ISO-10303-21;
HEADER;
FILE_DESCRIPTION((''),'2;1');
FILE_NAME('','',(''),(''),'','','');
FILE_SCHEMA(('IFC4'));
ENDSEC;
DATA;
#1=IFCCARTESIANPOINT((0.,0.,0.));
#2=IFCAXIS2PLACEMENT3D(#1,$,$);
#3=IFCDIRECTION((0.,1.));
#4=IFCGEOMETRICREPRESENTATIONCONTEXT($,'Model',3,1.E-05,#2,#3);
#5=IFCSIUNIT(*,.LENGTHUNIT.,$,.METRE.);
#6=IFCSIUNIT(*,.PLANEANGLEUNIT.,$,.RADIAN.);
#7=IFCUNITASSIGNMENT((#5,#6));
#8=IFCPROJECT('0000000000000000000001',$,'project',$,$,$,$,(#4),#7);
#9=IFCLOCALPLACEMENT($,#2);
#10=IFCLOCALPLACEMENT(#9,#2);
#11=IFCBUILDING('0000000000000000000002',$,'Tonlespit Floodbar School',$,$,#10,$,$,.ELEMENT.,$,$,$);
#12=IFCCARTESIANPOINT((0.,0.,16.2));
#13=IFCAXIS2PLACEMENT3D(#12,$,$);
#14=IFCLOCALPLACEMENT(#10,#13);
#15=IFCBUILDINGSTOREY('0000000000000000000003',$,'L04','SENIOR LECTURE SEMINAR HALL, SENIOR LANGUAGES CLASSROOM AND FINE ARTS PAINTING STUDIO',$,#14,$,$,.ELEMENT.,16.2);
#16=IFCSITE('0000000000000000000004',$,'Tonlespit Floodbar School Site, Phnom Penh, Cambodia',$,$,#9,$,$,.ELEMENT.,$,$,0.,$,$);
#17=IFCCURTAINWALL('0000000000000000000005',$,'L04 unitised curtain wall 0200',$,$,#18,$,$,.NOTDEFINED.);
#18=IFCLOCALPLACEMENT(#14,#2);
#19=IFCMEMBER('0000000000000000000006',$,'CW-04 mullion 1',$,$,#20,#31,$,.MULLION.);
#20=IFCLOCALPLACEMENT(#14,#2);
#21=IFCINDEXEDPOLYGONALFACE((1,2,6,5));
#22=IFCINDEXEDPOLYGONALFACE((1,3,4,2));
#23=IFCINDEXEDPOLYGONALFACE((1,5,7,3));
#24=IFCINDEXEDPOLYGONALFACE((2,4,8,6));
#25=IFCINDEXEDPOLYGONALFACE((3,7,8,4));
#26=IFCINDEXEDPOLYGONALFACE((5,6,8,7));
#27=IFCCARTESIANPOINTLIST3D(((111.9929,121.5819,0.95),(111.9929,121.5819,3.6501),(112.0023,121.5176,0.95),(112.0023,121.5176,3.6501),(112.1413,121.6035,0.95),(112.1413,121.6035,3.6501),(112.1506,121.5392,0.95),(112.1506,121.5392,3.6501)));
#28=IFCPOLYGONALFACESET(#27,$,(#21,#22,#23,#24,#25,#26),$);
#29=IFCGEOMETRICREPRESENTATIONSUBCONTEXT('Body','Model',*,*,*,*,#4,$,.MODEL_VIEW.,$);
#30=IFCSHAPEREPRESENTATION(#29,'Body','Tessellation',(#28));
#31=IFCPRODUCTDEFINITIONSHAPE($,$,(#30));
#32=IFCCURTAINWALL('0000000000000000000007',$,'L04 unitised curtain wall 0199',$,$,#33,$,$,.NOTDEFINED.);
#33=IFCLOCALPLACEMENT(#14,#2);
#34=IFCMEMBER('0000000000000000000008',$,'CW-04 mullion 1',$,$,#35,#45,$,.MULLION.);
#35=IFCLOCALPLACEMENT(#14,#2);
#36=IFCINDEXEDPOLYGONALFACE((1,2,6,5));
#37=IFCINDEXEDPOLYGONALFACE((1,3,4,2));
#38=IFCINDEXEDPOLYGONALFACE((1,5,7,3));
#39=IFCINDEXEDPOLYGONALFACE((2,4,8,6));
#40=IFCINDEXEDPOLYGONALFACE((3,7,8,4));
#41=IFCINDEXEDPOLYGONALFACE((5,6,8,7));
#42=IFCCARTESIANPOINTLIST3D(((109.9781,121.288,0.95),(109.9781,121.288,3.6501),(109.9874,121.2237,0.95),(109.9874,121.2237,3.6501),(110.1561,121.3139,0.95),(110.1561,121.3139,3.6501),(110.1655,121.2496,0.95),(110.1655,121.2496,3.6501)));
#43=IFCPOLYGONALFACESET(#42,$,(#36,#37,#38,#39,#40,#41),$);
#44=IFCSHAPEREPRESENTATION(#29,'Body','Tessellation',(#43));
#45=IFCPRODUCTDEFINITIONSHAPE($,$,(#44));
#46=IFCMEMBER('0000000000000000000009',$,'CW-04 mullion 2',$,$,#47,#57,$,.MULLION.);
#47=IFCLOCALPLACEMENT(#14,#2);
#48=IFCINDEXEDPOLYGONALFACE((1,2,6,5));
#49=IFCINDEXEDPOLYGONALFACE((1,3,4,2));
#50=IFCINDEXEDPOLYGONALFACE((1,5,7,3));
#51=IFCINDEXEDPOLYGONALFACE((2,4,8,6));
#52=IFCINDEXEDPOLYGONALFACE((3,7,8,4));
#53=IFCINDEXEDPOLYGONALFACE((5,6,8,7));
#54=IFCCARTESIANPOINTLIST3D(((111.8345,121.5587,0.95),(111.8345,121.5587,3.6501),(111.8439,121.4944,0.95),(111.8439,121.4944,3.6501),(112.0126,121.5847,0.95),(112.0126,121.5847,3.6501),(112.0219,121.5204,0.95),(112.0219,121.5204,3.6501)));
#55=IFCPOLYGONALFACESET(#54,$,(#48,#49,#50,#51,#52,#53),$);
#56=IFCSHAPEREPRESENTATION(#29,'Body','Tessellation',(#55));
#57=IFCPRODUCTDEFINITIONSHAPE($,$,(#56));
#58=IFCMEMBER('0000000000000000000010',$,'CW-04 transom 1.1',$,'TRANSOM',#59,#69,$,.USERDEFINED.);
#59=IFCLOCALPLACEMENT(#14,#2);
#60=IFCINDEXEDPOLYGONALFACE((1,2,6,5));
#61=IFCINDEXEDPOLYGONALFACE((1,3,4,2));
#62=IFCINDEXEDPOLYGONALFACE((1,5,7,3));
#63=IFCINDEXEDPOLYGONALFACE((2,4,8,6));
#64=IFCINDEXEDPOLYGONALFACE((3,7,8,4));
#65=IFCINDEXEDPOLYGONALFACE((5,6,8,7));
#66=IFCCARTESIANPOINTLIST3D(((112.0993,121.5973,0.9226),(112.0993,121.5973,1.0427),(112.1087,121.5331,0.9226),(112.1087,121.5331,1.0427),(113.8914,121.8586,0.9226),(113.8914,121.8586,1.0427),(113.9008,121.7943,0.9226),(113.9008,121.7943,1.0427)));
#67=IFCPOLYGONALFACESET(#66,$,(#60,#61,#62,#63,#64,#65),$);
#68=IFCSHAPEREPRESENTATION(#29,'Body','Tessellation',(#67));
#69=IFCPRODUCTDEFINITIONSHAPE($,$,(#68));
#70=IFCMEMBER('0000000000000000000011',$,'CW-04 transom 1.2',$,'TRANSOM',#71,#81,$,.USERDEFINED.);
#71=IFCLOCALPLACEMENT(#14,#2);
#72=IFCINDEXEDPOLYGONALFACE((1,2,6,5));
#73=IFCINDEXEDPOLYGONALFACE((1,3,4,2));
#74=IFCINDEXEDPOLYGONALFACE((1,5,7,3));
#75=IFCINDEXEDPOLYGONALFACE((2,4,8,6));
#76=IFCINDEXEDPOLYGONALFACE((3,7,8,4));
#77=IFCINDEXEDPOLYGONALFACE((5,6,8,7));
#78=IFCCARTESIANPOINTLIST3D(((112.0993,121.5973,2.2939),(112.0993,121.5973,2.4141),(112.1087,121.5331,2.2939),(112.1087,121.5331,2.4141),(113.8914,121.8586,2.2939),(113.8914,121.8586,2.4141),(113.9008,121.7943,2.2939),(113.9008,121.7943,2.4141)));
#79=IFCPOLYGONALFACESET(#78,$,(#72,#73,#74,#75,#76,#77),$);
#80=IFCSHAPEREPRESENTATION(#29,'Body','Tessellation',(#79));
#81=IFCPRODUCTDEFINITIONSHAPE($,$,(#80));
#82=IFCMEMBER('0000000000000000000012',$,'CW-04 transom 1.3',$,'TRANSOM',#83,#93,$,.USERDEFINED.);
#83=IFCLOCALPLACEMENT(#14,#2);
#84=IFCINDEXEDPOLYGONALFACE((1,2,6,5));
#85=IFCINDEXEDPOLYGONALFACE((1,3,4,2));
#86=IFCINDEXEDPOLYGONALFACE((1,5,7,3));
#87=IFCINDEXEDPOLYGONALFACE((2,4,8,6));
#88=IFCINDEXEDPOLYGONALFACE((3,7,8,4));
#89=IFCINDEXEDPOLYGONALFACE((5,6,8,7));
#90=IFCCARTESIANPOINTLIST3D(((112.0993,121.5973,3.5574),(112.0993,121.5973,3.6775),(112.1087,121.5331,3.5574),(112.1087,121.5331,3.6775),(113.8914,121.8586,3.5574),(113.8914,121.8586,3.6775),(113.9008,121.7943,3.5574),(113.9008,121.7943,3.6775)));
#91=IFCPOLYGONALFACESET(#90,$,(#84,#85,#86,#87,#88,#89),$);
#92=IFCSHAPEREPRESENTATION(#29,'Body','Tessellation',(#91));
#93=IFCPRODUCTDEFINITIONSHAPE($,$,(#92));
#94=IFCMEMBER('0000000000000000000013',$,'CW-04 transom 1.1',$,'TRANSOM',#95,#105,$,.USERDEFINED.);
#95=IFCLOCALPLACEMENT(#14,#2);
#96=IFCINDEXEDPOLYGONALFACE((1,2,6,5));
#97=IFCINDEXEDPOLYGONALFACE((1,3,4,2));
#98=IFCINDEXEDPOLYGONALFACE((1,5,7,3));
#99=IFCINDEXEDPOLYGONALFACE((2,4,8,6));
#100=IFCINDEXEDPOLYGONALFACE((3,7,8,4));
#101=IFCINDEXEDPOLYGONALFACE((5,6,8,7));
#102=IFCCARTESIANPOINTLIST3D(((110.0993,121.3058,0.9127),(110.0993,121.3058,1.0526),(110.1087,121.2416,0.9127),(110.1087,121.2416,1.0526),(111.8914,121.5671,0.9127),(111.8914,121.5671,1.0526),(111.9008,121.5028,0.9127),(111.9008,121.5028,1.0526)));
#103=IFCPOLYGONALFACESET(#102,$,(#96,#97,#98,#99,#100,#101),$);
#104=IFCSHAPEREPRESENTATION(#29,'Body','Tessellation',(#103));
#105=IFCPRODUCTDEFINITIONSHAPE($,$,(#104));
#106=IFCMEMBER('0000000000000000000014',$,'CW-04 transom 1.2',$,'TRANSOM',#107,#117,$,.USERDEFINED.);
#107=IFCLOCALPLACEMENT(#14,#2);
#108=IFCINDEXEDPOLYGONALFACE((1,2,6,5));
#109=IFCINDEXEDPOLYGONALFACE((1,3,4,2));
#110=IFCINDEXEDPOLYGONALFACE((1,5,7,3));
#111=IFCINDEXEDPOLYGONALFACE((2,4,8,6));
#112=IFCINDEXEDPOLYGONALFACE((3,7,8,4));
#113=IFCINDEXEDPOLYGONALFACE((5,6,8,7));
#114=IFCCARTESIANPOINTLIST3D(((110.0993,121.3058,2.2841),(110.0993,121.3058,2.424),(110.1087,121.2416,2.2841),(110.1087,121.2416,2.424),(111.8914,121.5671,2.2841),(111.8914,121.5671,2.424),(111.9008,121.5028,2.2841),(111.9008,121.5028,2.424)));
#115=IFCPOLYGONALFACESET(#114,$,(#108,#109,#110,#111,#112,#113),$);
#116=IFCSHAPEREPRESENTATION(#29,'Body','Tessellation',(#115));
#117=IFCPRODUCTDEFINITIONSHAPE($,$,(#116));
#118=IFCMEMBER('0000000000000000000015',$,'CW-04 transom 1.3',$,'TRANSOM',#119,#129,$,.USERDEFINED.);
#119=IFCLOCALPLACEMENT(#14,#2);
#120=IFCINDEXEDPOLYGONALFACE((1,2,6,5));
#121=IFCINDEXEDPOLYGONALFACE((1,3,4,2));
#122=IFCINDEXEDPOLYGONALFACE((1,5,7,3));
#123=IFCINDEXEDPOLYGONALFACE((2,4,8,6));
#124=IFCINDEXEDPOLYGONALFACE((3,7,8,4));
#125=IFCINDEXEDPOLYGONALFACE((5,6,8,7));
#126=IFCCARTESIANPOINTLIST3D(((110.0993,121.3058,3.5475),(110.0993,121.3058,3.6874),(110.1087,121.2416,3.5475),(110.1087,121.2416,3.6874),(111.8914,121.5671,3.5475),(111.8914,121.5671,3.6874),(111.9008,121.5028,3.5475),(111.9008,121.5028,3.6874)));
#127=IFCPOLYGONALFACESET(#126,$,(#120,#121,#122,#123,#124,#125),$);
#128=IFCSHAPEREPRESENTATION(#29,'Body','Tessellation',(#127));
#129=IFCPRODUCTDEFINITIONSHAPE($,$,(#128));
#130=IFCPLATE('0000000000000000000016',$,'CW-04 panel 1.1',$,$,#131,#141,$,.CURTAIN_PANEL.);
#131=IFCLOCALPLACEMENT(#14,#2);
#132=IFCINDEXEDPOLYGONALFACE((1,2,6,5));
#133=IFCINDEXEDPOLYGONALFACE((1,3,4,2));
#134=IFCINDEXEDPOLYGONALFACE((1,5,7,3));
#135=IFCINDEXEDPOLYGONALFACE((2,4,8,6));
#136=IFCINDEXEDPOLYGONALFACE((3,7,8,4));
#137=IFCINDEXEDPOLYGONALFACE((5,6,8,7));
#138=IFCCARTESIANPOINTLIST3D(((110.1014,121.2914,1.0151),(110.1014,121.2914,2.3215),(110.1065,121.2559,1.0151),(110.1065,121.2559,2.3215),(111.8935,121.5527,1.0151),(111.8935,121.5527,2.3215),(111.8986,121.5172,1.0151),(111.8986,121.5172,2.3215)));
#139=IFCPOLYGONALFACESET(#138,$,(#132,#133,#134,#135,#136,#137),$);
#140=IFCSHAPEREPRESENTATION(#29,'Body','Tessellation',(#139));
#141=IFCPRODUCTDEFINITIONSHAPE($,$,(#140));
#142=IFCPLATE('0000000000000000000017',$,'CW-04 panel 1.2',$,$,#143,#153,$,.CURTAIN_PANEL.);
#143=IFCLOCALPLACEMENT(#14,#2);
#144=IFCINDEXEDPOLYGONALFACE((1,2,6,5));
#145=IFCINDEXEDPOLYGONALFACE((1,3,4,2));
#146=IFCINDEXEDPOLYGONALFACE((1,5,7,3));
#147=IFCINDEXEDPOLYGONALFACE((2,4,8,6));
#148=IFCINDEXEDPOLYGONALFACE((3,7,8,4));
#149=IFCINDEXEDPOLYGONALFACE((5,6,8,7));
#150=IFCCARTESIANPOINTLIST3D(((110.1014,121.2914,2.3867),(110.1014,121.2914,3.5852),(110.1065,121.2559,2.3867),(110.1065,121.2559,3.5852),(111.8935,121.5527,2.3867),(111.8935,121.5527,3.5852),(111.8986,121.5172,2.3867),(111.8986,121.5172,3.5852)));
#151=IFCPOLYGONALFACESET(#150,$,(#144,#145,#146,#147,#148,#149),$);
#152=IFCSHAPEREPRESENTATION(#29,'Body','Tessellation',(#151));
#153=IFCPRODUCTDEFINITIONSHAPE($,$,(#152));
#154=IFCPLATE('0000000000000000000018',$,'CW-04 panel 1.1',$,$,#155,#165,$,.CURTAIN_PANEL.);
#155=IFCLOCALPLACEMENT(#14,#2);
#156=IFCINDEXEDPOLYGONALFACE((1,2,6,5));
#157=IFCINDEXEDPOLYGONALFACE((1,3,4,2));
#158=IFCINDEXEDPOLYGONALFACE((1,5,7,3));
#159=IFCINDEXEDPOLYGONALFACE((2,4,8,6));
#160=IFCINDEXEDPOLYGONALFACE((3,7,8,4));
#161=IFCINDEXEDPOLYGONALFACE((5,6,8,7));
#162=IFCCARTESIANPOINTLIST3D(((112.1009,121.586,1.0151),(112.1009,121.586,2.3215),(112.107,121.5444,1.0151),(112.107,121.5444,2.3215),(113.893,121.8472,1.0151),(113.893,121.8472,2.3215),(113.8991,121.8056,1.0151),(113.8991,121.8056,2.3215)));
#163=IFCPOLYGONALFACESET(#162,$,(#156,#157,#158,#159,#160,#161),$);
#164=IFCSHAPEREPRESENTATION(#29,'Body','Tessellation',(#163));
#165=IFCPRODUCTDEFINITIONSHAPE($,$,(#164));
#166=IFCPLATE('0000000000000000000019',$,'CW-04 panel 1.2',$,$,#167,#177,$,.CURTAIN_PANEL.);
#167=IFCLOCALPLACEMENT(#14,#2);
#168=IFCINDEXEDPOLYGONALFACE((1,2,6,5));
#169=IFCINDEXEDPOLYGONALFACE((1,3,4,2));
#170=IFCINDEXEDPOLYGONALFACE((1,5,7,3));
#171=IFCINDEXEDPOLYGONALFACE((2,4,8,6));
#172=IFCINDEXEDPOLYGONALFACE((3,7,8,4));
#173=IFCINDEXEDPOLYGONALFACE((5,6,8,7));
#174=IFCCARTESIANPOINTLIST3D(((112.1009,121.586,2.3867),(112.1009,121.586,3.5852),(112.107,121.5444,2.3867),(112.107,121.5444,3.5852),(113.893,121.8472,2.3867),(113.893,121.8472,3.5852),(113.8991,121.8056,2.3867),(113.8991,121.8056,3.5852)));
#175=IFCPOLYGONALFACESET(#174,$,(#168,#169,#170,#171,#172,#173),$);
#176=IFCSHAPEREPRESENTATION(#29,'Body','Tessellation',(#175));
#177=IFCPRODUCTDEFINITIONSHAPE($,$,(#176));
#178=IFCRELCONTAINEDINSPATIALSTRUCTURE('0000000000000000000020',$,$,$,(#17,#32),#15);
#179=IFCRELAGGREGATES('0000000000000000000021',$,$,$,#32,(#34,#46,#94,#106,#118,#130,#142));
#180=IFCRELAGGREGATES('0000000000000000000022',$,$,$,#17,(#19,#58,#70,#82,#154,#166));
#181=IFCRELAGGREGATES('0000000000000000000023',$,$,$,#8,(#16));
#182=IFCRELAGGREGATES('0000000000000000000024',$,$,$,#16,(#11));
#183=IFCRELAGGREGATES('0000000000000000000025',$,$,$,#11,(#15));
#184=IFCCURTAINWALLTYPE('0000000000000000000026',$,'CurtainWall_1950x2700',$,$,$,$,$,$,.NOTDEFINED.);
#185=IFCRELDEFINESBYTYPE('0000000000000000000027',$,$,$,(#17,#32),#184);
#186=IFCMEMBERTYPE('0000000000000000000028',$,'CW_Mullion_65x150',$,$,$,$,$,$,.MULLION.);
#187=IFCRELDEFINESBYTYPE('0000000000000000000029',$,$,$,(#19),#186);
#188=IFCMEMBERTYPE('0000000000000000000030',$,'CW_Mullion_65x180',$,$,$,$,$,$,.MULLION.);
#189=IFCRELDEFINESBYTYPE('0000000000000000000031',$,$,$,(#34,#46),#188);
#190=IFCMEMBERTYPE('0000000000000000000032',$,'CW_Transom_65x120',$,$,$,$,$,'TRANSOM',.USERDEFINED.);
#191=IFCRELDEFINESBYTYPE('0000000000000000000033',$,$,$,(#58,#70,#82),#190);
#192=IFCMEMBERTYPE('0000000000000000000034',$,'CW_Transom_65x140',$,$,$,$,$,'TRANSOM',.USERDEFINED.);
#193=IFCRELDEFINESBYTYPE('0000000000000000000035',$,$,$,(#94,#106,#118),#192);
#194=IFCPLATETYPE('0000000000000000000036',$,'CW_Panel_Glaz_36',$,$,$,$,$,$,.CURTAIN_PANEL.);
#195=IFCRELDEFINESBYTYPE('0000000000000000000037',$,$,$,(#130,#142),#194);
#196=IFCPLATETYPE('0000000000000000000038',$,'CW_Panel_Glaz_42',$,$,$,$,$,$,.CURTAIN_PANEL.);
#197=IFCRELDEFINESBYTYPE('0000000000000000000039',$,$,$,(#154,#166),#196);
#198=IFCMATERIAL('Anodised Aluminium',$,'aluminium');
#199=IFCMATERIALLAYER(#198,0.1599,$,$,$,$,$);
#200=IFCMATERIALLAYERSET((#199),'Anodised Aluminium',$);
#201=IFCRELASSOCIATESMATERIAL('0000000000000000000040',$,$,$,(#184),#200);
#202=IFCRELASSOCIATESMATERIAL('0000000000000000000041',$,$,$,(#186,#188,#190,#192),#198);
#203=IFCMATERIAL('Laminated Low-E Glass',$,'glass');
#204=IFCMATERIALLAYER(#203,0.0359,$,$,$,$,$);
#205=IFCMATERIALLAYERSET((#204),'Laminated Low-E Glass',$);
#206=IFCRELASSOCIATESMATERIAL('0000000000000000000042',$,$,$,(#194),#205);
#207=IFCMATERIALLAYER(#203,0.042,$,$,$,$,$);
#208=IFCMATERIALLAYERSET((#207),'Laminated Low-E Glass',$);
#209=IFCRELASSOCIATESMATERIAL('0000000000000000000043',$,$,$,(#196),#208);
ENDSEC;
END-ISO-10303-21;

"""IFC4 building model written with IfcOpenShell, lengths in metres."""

from ifc_helpers import new_model, si_unit, direction, frame, origin, origin_2d, place, context, subcontext, project, spatial, rectangle, extrude, material, layer, layer_set, material_profile, profile_set, type_object, element, aggregate, save


model = new_model("IFC4")

# Units and contexts
model_context = context("Model", 3, precision=1e-05, world=origin(), true_north=direction((0.0, 1.0)))
body_context = subcontext(model_context, "Body", "Model", "MODEL_VIEW")
ifc_project = project(units=[si_unit("LENGTHUNIT", "METRE"), si_unit("PLANEANGLEUNIT", "RADIAN")], contexts=[model_context])

# Site, building, storey
site_placement = place(None, origin())
site = spatial("IfcSite", under=ifc_project, at=site_placement, Name="Tonlespit Floodbar School Site, Phnom Penh, Cambodia", CompositionType="ELEMENT", RefElevation=0.0)
building_placement = place(site_placement, origin())
building = spatial("IfcBuilding", under=site, at=building_placement, Name="Tonlespit Floodbar School", CompositionType="ELEMENT")
storey_placement = place(building_placement, frame((0.0, 0.0, 16.2)))
storey = spatial("IfcBuildingStorey", under=building, at=storey_placement, Name="L04", Description="SENIOR LECTURE SEMINAR HALL, SENIOR LANGUAGES CLASSROOM AND FINE ARTS PAINTING STUDIO", CompositionType="ELEMENT", Elevation=16.2)

# Curtain wall, member
ifc_material_1 = material(Name="Anodised Aluminium", Category="aluminium")
ifc_layer_1 = layer(ifc_material_1, 0.1599)
ifc_layer_set_1 = layer_set([ifc_layer_1], Name="Anodised Aluminium")
curtain_wall_type = type_object("IfcCurtainWallType", Name="CurtainWall_1950x2700", PredefinedType="NOTDEFINED", material=ifc_layer_set_1)
curtain_wall_1_placement = place(storey_placement, origin())
curtain_wall_1 = element("IfcCurtainWall", 1, at=curtain_wall_1_placement, inside=storey, type_object=curtain_wall_type, Name="L04 unitised curtain wall 0200", PredefinedType="NOTDEFINED")
ifc_material_profile_1 = material_profile(ifc_material_1, rectangle(XDim=0.0649, YDim=0.1499, at=origin_2d()), Name="ALU M65x150")
ifc_profile_set_1 = profile_set([ifc_material_profile_1], Name="Anodised Aluminium")
member_type_1 = type_object("IfcMemberType", Name="CW_Mullion_65x150", PredefinedType="MULLION", material=ifc_profile_set_1)
member_1_placement = place(storey_placement, frame((112.0718, 121.5605, 0.95), z_axis=(0.0, 0.0, 1.0), x_axis=(-0.144248, 0.989542, 0.0)))
member_1 = element("IfcMember", 2, at=member_1_placement, type_object=member_type_1, Name="CW-04 mullion 1", PredefinedType="MULLION", context=body_context, shape_type="SweptSolid", body=[
    extrude(rectangle(XDim=0.0649, YDim=0.1499, at=origin_2d()), origin(), (0.0, 0.0, 1.0), 2.7002),
])

# Curtain wall, members
curtain_wall_2_placement = place(storey_placement, origin())
curtain_wall_2 = element("IfcCurtainWall", 3, at=curtain_wall_2_placement, inside=storey, type_object=curtain_wall_type, Name="L04 unitised curtain wall 0199", PredefinedType="NOTDEFINED")
ifc_material_profile_2 = material_profile(ifc_material_1, rectangle(XDim=0.0649, YDim=0.1799, at=origin_2d()), Name="ALU M65x180")
ifc_profile_set_2 = profile_set([ifc_material_profile_2], Name="Anodised Aluminium")
member_type_2 = type_object("IfcMemberType", Name="CW_Mullion_65x180", PredefinedType="MULLION", material=ifc_profile_set_2)
member_2_placement = place(storey_placement, frame((110.0718, 121.2688, 0.95), z_axis=(0.0, 0.0, 1.0), x_axis=(-0.144248, 0.989542, 0.0)))
member_2 = element("IfcMember", 4, at=member_2_placement, type_object=member_type_2, Name="CW-04 mullion 1", PredefinedType="MULLION", context=body_context, shape_type="SweptSolid", body=[
    extrude(rectangle(XDim=0.0649, YDim=0.1799, at=origin_2d()), origin(), (0.0, 0.0, 1.0), 2.7002),
])
member_3_placement = place(storey_placement, frame((111.9282, 121.5396, 0.95), z_axis=(0.0, 0.0, 1.0), x_axis=(-0.144248, 0.989542, 0.0)))
member_3 = element("IfcMember", 5, at=member_3_placement, type_object=member_type_2, Name="CW-04 mullion 2", PredefinedType="MULLION", context=body_context, shape_type="SweptSolid", body=[
    extrude(rectangle(XDim=0.0649, YDim=0.1799, at=origin_2d()), origin(), (0.0, 0.0, 1.0), 2.7002),
])

# Members
ifc_material_profile_3 = material_profile(ifc_material_1, rectangle(XDim=0.0649, YDim=0.1201, at=origin_2d()), Name="ALU T65x120")
ifc_profile_set_3 = profile_set([ifc_material_profile_3], Name="Anodised Aluminium")
member_type_3 = type_object("IfcMemberType", Name="CW_Transom_65x120", ElementType="TRANSOM", PredefinedType="USERDEFINED", material=ifc_profile_set_3)
member_4_placement = place(storey_placement, frame((112.104, 121.5652, 0.9827), z_axis=(0.989541, 0.144252, 0.0), x_axis=(-0.144252, 0.989541, 0.0)))
member_4 = element("IfcMember", 6, at=member_4_placement, type_object=member_type_3, Name="CW-04 transom 1.1", ObjectType="TRANSOM", PredefinedType="USERDEFINED", context=body_context, shape_type="SweptSolid", body=[
    extrude(rectangle(XDim=0.0649, YDim=0.1201, at=origin_2d()), origin(), (0.0, 0.0, 1.0), 1.811),
])
member_5_placement = place(storey_placement, frame((112.104, 121.5652, 2.354), z_axis=(0.989541, 0.144252, 0.0), x_axis=(-0.144252, 0.989541, 0.0)))
member_5 = element("IfcMember", 7, at=member_5_placement, type_object=member_type_3, Name="CW-04 transom 1.2", ObjectType="TRANSOM", PredefinedType="USERDEFINED", context=body_context, shape_type="SweptSolid", body=[
    extrude(rectangle(XDim=0.0649, YDim=0.1201, at=origin_2d()), origin(), (0.0, 0.0, 1.0), 1.811),
])
member_6_placement = place(storey_placement, frame((112.104, 121.5652, 3.6174), z_axis=(0.989541, 0.144252, 0.0), x_axis=(-0.144252, 0.989541, 0.0)))
member_6 = element("IfcMember", 8, at=member_6_placement, type_object=member_type_3, Name="CW-04 transom 1.3", ObjectType="TRANSOM", PredefinedType="USERDEFINED", context=body_context, shape_type="SweptSolid", body=[
    extrude(rectangle(XDim=0.0649, YDim=0.1201, at=origin_2d()), origin(), (0.0, 0.0, 1.0), 1.811),
])
ifc_material_profile_4 = material_profile(ifc_material_1, rectangle(XDim=0.0649, YDim=0.1399, at=origin_2d()), Name="ALU T65x140")
ifc_profile_set_4 = profile_set([ifc_material_profile_4], Name="Anodised Aluminium")
member_type_4 = type_object("IfcMemberType", Name="CW_Transom_65x140", ElementType="TRANSOM", PredefinedType="USERDEFINED", material=ifc_profile_set_4)
member_7_placement = place(storey_placement, frame((110.104, 121.2737, 0.9827), z_axis=(0.989541, 0.144252, 0.0), x_axis=(-0.144252, 0.989541, 0.0)))
member_7 = element("IfcMember", 9, at=member_7_placement, type_object=member_type_4, Name="CW-04 transom 1.1", ObjectType="TRANSOM", PredefinedType="USERDEFINED", context=body_context, shape_type="SweptSolid", body=[
    extrude(rectangle(XDim=0.0649, YDim=0.1399, at=origin_2d()), origin(), (0.0, 0.0, 1.0), 1.811),
])
member_8_placement = place(storey_placement, frame((110.104, 121.2737, 2.354), z_axis=(0.989541, 0.144252, 0.0), x_axis=(-0.144252, 0.989541, 0.0)))
member_8 = element("IfcMember", 10, at=member_8_placement, type_object=member_type_4, Name="CW-04 transom 1.2", ObjectType="TRANSOM", PredefinedType="USERDEFINED", context=body_context, shape_type="SweptSolid", body=[
    extrude(rectangle(XDim=0.0649, YDim=0.1399, at=origin_2d()), origin(), (0.0, 0.0, 1.0), 1.811),
])
member_9_placement = place(storey_placement, frame((110.104, 121.2737, 3.6174), z_axis=(0.989541, 0.144252, 0.0), x_axis=(-0.144252, 0.989541, 0.0)))
member_9 = element("IfcMember", 11, at=member_9_placement, type_object=member_type_4, Name="CW-04 transom 1.3", ObjectType="TRANSOM", PredefinedType="USERDEFINED", context=body_context, shape_type="SweptSolid", body=[
    extrude(rectangle(XDim=0.0649, YDim=0.1399, at=origin_2d()), origin(), (0.0, 0.0, 1.0), 1.811),
])

# Plates
ifc_material_2 = material(Name="Laminated Low-E Glass", Category="glass")
ifc_layer_2 = layer(ifc_material_2, 0.0359)
ifc_layer_set_2 = layer_set([ifc_layer_2], Name="Laminated Low-E Glass")
plate_type_1 = type_object("IfcPlateType", Name="CW_Panel_Glaz_36", PredefinedType="CURTAIN_PANEL", material=ifc_layer_set_2)
plate_1_placement = place(storey_placement, frame((111.0, 121.4043, 1.0151), z_axis=(0.0, 0.0, 1.0), x_axis=(0.989542, 0.144248, 0.0)))
plate_1 = element("IfcPlate", 12, at=plate_1_placement, type_object=plate_type_1, Name="CW-04 panel 1.1", PredefinedType="CURTAIN_PANEL", context=body_context, shape_type="SweptSolid", body=[
    extrude(rectangle(XDim=1.811, YDim=0.0359, at=origin_2d()), origin(), (0.0, 0.0, 1.0), 1.3064),
])
plate_2_placement = place(storey_placement, frame((111.0, 121.4043, 2.3867), z_axis=(0.0, 0.0, 1.0), x_axis=(0.989542, 0.144248, 0.0)))
plate_2 = element("IfcPlate", 13, at=plate_2_placement, type_object=plate_type_1, Name="CW-04 panel 1.2", PredefinedType="CURTAIN_PANEL", context=body_context, shape_type="SweptSolid", body=[
    extrude(rectangle(XDim=1.811, YDim=0.0359, at=origin_2d()), origin(), (0.0, 0.0, 1.0), 1.1985),
])
aggregate(curtain_wall_2, [member_2, member_3, member_7, member_8, member_9, plate_1, plate_2])
ifc_layer_3 = layer(ifc_material_2, 0.042)
ifc_layer_set_3 = layer_set([ifc_layer_3], Name="Laminated Low-E Glass")
plate_type_2 = type_object("IfcPlateType", Name="CW_Panel_Glaz_42", PredefinedType="CURTAIN_PANEL", material=ifc_layer_set_3)
plate_3_placement = place(storey_placement, frame((113.0, 121.6958, 1.0151), z_axis=(0.0, 0.0, 1.0), x_axis=(0.989542, 0.144248, 0.0)))
plate_3 = element("IfcPlate", 14, at=plate_3_placement, type_object=plate_type_2, Name="CW-04 panel 1.1", PredefinedType="CURTAIN_PANEL", context=body_context, shape_type="SweptSolid", body=[
    extrude(rectangle(XDim=1.811, YDim=0.042, at=origin_2d()), origin(), (0.0, 0.0, 1.0), 1.3064),
])
plate_4_placement = place(storey_placement, frame((113.0, 121.6958, 2.3867), z_axis=(0.0, 0.0, 1.0), x_axis=(0.989542, 0.144248, 0.0)))
plate_4 = element("IfcPlate", 15, at=plate_4_placement, type_object=plate_type_2, Name="CW-04 panel 1.2", PredefinedType="CURTAIN_PANEL", context=body_context, shape_type="SweptSolid", body=[
    extrude(rectangle(XDim=1.811, YDim=0.042, at=origin_2d()), origin(), (0.0, 0.0, 1.0), 1.1985),
])
aggregate(curtain_wall_1, [member_1, member_4, member_5, member_6, plate_3, plate_4])

save(model, "model.ifc")
